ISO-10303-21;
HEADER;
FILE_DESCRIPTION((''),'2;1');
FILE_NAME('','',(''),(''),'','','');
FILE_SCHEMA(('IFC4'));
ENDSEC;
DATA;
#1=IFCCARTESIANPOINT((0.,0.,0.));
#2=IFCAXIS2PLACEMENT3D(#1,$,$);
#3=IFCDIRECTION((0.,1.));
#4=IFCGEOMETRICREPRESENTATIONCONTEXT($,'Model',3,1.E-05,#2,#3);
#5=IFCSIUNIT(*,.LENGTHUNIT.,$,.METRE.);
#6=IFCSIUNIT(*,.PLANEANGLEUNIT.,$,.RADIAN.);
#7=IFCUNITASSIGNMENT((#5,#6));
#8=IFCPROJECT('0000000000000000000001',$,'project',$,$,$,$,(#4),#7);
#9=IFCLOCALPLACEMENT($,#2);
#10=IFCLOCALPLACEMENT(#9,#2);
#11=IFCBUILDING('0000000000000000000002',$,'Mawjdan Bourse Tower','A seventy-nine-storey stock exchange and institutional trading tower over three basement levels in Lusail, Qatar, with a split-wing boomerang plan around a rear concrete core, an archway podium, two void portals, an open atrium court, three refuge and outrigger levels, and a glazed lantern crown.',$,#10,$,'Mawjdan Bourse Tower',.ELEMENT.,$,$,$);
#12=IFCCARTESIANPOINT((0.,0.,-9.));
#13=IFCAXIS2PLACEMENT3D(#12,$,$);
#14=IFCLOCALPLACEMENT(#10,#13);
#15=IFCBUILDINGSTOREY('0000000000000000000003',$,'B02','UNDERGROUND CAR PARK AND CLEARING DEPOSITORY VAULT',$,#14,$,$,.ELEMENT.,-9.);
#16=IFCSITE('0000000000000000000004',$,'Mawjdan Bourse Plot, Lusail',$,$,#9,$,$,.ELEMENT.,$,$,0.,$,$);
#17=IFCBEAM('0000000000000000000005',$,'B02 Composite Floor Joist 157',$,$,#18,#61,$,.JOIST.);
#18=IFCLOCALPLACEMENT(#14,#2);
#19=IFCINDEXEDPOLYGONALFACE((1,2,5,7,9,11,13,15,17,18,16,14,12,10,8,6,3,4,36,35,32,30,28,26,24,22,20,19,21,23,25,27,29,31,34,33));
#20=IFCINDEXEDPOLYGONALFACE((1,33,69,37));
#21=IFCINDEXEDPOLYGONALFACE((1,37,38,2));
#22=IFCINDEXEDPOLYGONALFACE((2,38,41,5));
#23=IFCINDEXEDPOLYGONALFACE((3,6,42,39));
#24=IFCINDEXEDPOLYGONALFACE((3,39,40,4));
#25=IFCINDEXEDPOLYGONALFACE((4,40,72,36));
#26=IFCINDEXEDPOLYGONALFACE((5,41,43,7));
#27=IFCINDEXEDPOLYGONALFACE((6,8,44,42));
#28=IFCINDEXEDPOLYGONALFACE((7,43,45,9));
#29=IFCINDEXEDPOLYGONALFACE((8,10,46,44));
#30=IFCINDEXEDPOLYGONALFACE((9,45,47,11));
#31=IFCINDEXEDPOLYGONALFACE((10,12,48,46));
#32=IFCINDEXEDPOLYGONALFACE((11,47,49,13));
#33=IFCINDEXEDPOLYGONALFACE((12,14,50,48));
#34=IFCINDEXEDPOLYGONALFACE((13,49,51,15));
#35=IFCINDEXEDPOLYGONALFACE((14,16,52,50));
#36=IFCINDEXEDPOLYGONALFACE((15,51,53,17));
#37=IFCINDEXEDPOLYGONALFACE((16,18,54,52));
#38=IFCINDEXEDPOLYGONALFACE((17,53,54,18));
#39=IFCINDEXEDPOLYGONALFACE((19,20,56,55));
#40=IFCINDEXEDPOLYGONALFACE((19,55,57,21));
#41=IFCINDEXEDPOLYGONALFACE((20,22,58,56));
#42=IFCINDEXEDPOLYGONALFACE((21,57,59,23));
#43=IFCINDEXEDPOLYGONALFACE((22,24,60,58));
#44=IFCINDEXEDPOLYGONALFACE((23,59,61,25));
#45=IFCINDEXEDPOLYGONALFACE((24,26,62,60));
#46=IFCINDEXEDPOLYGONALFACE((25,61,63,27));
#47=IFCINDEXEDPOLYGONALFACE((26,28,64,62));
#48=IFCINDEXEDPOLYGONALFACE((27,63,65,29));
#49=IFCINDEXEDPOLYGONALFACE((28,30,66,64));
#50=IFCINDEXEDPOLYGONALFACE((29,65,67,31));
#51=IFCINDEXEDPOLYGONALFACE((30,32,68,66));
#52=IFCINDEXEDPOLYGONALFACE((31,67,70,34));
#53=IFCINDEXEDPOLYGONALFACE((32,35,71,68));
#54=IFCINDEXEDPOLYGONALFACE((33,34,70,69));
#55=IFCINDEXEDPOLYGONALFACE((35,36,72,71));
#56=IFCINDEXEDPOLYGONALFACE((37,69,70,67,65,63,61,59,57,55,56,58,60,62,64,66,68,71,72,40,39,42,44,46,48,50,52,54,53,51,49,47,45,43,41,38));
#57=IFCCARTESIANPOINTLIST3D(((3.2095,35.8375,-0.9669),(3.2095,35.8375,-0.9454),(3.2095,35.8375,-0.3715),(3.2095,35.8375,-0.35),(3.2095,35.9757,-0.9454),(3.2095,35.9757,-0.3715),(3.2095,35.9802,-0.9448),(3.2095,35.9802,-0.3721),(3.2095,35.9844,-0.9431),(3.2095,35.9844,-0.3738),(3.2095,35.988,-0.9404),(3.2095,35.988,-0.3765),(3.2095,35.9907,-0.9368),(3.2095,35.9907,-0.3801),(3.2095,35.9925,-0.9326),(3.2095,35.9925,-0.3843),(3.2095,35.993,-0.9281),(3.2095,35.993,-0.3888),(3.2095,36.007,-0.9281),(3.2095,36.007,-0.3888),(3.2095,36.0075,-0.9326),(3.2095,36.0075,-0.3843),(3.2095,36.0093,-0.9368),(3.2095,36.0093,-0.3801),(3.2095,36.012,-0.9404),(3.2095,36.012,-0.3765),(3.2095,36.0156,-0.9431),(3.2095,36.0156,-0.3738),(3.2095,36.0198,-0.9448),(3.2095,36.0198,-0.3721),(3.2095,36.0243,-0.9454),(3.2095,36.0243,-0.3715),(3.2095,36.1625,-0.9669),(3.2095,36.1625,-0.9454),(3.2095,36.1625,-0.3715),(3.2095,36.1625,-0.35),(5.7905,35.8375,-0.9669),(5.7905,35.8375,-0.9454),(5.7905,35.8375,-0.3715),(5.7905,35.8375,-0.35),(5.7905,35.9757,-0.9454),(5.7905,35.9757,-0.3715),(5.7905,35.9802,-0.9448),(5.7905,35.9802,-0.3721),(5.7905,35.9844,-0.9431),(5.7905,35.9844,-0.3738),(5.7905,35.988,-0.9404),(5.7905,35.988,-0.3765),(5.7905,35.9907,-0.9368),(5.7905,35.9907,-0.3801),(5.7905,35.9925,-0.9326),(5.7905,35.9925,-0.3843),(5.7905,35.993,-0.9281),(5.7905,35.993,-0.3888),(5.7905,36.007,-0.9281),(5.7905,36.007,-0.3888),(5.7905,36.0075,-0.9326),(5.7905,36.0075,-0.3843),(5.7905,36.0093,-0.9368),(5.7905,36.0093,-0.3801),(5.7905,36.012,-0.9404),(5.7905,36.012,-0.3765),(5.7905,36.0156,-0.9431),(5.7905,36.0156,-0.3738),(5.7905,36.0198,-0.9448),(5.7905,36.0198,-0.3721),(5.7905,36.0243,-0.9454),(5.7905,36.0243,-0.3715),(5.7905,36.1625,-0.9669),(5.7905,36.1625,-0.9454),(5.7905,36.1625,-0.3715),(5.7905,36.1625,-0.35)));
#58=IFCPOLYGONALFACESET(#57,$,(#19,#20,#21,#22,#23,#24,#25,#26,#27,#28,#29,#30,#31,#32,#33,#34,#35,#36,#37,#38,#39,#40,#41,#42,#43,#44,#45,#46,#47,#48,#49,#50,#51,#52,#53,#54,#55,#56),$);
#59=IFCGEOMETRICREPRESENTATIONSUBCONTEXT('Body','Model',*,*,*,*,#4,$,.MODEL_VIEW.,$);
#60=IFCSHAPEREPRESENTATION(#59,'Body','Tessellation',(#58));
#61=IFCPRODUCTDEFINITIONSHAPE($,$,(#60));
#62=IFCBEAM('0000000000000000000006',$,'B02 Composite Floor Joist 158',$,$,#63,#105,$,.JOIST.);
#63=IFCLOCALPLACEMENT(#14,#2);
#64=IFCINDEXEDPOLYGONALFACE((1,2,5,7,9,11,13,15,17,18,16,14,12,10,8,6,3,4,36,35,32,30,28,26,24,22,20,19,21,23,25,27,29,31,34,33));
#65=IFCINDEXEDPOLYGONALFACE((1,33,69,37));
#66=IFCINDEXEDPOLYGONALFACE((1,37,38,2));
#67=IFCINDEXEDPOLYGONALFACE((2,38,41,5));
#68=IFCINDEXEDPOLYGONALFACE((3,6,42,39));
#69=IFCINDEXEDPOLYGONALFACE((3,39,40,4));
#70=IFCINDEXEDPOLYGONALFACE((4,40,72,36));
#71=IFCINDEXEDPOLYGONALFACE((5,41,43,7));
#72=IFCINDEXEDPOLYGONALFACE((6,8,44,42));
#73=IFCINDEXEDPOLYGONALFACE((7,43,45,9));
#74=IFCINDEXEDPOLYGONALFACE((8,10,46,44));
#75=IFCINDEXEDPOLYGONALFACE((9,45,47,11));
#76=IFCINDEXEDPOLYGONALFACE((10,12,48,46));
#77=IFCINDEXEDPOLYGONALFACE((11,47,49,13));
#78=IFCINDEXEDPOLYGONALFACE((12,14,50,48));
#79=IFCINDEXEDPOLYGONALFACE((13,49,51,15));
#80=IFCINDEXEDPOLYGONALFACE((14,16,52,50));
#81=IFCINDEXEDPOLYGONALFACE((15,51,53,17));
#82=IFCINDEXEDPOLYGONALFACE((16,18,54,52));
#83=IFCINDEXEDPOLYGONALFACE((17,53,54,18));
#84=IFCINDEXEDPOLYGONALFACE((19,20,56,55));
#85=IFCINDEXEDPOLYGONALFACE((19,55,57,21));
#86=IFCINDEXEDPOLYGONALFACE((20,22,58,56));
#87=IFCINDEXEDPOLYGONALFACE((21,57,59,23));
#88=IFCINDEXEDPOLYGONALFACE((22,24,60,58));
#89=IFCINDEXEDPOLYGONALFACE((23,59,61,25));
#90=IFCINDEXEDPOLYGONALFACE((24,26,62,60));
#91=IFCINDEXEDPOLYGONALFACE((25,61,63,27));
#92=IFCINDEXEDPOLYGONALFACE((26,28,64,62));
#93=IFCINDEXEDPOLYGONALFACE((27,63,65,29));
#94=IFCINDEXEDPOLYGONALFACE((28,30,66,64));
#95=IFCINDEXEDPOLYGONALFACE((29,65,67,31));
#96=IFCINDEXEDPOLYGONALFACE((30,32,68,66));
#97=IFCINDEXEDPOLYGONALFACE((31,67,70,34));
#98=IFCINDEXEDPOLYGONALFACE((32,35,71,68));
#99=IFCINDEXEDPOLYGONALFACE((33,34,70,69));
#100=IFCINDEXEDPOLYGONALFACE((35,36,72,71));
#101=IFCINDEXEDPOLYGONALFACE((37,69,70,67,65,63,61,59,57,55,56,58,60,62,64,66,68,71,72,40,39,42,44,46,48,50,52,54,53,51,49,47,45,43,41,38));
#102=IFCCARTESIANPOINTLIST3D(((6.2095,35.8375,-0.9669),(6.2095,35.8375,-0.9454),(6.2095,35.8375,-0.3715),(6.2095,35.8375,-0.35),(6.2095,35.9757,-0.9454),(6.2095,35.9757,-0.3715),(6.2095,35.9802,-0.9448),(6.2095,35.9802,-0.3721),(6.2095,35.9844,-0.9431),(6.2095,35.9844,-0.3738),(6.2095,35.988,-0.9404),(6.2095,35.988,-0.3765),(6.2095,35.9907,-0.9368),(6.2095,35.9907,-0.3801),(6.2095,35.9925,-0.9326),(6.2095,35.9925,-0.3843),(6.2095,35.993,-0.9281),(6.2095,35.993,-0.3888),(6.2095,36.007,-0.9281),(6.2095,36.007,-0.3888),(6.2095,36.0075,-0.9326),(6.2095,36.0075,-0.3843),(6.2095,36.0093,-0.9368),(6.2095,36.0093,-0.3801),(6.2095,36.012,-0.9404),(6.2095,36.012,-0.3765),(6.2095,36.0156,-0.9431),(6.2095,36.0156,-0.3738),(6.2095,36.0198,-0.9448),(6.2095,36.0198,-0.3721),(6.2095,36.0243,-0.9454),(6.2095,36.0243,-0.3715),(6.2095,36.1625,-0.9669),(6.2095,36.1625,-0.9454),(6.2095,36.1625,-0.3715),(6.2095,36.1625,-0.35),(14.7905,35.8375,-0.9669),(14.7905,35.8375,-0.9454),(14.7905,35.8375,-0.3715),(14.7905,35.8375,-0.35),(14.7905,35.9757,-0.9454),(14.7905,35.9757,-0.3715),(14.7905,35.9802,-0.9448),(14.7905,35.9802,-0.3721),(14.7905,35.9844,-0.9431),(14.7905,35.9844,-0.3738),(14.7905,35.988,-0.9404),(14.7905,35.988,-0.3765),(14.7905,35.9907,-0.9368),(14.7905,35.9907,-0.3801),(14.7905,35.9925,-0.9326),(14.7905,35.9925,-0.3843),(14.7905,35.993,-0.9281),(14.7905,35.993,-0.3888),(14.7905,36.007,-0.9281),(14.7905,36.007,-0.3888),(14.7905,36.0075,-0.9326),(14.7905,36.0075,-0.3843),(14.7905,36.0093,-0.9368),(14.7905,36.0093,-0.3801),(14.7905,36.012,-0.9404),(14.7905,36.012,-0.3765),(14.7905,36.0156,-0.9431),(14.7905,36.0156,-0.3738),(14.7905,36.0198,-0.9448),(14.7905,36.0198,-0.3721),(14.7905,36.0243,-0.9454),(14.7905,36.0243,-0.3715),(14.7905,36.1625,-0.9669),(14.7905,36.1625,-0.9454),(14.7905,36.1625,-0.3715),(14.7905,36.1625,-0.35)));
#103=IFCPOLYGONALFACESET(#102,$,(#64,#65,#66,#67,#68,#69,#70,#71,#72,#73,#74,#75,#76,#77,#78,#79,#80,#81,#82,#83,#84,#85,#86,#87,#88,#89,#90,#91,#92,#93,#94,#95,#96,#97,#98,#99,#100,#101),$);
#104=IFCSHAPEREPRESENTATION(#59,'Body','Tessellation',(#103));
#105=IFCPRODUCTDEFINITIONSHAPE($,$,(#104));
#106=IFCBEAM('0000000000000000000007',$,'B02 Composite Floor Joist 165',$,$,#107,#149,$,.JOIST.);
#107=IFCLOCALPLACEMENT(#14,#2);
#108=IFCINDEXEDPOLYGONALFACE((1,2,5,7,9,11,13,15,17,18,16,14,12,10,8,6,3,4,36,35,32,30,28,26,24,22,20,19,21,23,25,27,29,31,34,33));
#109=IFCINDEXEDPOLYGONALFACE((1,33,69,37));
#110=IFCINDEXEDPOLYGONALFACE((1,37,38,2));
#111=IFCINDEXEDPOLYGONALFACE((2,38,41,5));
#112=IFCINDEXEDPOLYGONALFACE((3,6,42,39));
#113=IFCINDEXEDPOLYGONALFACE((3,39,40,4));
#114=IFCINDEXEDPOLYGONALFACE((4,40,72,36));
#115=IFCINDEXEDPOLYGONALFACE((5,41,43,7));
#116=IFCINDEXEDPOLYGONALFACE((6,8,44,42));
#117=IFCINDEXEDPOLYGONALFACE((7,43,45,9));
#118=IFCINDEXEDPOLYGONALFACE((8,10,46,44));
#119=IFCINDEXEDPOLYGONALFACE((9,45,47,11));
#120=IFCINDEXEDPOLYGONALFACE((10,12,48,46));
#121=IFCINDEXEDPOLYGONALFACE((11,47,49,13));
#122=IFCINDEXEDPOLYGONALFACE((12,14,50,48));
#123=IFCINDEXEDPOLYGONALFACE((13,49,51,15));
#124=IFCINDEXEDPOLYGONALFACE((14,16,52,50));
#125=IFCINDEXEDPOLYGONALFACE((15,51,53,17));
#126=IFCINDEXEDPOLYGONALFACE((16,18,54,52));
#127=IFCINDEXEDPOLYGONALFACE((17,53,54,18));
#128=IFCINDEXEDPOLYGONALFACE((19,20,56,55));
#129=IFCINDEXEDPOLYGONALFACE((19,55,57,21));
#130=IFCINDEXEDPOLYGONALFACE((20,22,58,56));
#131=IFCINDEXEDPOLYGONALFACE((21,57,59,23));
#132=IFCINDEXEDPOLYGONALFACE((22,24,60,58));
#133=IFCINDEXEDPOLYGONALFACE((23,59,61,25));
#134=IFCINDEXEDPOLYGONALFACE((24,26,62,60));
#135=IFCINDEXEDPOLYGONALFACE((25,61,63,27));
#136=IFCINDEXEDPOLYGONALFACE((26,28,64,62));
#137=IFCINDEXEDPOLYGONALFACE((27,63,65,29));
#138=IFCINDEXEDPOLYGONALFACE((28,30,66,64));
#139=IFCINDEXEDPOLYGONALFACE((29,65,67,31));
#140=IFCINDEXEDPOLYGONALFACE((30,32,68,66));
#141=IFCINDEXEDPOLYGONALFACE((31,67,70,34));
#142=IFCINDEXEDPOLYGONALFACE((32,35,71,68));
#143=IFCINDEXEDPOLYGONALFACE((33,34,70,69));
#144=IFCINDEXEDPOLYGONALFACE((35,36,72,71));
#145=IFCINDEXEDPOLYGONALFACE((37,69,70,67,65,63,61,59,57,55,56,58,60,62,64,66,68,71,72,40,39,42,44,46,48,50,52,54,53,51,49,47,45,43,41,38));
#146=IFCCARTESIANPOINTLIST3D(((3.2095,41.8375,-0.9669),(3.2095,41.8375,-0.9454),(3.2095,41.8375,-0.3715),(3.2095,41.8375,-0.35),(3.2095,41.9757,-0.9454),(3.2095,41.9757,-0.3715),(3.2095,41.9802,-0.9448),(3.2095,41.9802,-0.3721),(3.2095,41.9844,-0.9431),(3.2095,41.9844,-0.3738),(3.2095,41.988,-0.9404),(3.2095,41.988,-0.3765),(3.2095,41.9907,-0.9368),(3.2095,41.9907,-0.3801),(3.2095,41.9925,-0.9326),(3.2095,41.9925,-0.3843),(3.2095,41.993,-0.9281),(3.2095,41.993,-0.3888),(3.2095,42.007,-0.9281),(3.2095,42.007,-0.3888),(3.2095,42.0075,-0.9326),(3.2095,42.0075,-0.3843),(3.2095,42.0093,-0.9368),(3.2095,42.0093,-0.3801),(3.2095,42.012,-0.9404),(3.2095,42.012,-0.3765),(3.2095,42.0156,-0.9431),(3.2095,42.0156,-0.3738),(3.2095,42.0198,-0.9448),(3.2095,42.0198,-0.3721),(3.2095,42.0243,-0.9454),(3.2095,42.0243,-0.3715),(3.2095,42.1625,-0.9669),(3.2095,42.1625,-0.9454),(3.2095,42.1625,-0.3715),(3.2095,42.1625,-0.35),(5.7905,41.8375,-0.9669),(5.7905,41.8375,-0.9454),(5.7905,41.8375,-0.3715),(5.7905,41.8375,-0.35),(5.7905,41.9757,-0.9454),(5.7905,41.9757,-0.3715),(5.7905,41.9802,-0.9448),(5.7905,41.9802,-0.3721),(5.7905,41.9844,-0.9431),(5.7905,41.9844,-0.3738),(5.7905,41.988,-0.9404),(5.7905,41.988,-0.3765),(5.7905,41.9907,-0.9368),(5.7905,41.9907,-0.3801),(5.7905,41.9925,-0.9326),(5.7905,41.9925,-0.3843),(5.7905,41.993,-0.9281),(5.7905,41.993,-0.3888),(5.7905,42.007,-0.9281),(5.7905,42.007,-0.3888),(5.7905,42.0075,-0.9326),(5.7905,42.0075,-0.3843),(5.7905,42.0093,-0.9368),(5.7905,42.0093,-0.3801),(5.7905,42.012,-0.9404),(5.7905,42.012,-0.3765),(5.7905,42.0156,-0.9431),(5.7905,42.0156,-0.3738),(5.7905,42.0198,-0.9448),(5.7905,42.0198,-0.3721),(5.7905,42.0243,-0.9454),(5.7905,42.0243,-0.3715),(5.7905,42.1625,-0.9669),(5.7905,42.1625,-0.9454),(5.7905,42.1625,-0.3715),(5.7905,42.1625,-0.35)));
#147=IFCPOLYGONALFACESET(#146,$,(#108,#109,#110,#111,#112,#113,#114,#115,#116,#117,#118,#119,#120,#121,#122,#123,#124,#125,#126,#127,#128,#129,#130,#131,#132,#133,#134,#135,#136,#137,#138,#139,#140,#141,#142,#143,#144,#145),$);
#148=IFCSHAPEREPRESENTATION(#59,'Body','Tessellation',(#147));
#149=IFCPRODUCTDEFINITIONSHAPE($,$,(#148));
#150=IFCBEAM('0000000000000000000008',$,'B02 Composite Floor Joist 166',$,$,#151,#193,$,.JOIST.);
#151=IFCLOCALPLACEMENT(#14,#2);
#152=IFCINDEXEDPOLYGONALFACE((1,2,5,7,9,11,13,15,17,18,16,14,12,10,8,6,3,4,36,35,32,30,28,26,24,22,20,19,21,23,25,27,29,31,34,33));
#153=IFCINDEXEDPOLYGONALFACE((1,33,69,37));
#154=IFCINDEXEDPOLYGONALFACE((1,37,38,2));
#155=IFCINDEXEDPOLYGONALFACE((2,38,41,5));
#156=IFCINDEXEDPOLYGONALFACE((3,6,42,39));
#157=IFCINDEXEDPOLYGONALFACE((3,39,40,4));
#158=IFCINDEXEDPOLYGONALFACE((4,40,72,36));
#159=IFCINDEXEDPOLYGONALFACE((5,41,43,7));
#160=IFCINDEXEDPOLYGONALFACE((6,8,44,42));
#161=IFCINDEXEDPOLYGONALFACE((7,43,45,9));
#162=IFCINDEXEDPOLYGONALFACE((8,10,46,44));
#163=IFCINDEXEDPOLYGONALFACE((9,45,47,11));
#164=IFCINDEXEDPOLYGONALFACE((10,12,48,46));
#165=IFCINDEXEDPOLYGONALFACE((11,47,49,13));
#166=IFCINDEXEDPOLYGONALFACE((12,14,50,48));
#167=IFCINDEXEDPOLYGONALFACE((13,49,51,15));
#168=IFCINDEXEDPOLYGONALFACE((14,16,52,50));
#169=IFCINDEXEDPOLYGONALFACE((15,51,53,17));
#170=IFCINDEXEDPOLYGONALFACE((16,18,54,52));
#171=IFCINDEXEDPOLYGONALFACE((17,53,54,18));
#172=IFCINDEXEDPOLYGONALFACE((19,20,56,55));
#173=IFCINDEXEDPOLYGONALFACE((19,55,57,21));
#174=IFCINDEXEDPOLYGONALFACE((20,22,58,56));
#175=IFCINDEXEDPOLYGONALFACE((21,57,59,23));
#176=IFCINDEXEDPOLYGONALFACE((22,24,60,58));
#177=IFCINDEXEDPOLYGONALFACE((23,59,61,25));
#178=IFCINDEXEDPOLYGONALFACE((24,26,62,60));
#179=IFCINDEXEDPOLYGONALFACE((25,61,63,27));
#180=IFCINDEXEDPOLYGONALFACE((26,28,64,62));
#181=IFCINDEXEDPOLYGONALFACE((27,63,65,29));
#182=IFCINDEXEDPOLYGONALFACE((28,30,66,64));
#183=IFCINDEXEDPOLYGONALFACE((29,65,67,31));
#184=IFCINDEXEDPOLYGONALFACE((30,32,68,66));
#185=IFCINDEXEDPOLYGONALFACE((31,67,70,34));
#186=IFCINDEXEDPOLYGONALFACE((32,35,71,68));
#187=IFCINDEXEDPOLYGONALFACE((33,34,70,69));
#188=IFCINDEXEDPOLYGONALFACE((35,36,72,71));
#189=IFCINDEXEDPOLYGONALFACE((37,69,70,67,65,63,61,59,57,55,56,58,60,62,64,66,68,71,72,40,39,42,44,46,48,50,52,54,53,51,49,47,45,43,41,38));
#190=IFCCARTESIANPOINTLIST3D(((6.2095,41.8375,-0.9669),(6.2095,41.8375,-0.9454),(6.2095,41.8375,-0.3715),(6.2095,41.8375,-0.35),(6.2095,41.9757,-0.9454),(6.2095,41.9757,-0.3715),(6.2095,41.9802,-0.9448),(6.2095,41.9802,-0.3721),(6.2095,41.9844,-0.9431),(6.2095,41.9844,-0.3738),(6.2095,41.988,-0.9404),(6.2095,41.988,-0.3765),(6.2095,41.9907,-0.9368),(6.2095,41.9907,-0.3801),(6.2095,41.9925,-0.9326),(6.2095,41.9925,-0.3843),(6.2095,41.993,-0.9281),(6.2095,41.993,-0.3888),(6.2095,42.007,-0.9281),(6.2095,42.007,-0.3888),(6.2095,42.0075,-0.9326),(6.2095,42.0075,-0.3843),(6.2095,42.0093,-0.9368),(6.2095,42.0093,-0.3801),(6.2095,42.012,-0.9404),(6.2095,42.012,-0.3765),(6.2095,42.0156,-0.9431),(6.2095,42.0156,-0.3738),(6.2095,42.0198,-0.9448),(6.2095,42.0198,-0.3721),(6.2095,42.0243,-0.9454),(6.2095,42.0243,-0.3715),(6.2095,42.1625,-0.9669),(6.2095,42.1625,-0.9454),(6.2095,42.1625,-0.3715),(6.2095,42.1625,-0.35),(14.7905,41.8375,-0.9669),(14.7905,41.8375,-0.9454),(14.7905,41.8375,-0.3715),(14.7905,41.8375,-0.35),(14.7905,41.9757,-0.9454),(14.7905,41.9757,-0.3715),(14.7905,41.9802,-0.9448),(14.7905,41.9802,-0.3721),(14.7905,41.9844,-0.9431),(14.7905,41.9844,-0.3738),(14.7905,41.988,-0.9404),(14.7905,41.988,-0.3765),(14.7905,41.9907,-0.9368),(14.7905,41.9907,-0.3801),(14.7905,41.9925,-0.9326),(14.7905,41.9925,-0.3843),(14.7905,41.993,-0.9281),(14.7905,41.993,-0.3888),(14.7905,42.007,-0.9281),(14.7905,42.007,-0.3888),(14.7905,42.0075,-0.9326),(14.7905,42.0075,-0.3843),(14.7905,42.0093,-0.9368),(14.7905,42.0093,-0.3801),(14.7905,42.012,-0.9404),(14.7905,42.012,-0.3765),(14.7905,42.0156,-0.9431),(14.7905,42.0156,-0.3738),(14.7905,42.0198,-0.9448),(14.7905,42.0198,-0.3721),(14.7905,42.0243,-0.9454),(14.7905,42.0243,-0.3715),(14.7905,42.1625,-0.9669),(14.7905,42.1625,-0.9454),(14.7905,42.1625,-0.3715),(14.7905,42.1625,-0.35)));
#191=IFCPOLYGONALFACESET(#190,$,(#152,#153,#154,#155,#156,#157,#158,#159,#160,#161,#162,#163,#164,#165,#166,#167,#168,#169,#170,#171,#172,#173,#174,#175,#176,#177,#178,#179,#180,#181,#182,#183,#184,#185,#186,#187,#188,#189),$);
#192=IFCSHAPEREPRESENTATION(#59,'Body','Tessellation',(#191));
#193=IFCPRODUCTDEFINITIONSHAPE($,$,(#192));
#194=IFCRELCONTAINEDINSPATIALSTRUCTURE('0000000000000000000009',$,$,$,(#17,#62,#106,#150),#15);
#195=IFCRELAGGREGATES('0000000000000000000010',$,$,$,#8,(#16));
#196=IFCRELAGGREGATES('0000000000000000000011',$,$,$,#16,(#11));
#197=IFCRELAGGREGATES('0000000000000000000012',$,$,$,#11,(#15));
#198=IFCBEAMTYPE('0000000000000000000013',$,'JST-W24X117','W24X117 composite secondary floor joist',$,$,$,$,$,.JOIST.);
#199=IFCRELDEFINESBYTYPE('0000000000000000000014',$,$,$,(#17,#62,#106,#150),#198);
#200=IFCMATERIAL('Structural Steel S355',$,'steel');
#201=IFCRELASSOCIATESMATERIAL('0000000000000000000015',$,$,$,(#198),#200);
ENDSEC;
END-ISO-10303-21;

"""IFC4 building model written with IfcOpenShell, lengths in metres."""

from ifc_helpers import new_model, si_unit, direction, frame, origin, origin_2d, place, context, subcontext, project, spatial, i_section, extrude, material, material_profile, profile_set, type_object, element, save


model = new_model("IFC4")

# Units and contexts
model_context = context("Model", 3, precision=1e-05, world=origin(), true_north=direction((0.0, 1.0)))
body_context = subcontext(model_context, "Body", "Model", "MODEL_VIEW")
ifc_project = project(units=[si_unit("LENGTHUNIT", "METRE"), si_unit("PLANEANGLEUNIT", "RADIAN")], contexts=[model_context])

# Site, building, storey
site_placement = place(None, origin())
site = spatial("IfcSite", under=ifc_project, at=site_placement, Name="Mawjdan Bourse Plot, Lusail", CompositionType="ELEMENT", RefElevation=0.0)
building_placement = place(site_placement, origin())
building = spatial("IfcBuilding", under=site, at=building_placement, Name="Mawjdan Bourse Tower", Description="A seventy-nine-storey stock exchange and institutional trading tower over three basement levels in Lusail, Qatar, with a split-wing boomerang plan around a rear concrete core, an archway podium, two void portals, an open atrium court, three refuge and outrigger levels, and a glazed lantern crown.", LongName="Mawjdan Bourse Tower", CompositionType="ELEMENT")
storey_placement = place(building_placement, frame((0.0, 0.0, -9.0)))
storey = spatial("IfcBuildingStorey", under=building, at=storey_placement, Name="B02", Description="UNDERGROUND CAR PARK AND CLEARING DEPOSITORY VAULT", CompositionType="ELEMENT", Elevation=-9.0)

# Beams
ifc_material_1 = material(Name="Structural Steel S355", Category="steel")
ifc_material_profile_1 = material_profile(ifc_material_1, i_section(OverallWidth=0.325, OverallDepth=0.6169, WebThickness=0.0139, FlangeThickness=0.0215, FilletRadius=0.0173, at=origin_2d()), Name="W24X117")
ifc_profile_set_1 = profile_set([ifc_material_profile_1], Name="Structural Steel S355")
beam_type_1 = type_object("IfcBeamType", Name="JST-W24X117", Description="W24X117 composite secondary floor joist", PredefinedType="JOIST", material=ifc_profile_set_1)
beam_1_placement = place(storey_placement, frame((3.2095, 36.0, -0.6584), z_axis=(1.0, 0.0, 0.0), x_axis=(0.0, 1.0, 0.0)))
element("IfcBeam", 1, at=beam_1_placement, inside=storey, type_object=beam_type_1, Name="B02 Composite Floor Joist 157", PredefinedType="JOIST", context=body_context, shape_type="SweptSolid", body=[
    extrude(i_section(OverallWidth=0.325, OverallDepth=0.6169, WebThickness=0.0139, FlangeThickness=0.0215, FilletRadius=0.0173, at=origin_2d()), origin(), (0.0, 0.0, 1.0), 2.5811),
])
beam_2_placement = place(storey_placement, frame((6.2095, 36.0, -0.6584), z_axis=(1.0, 0.0, 0.0), x_axis=(0.0, 1.0, 0.0)))
element("IfcBeam", 2, at=beam_2_placement, inside=storey, type_object=beam_type_1, Name="B02 Composite Floor Joist 158", PredefinedType="JOIST", context=body_context, shape_type="SweptSolid", body=[
    extrude(i_section(OverallWidth=0.325, OverallDepth=0.6169, WebThickness=0.0139, FlangeThickness=0.0215, FilletRadius=0.0173, at=origin_2d()), origin(), (0.0, 0.0, 1.0), 8.5811),
])
beam_3_placement = place(storey_placement, frame((3.2095, 42.0, -0.6584), z_axis=(1.0, 0.0, 0.0), x_axis=(0.0, 1.0, 0.0)))
element("IfcBeam", 3, at=beam_3_placement, inside=storey, type_object=beam_type_1, Name="B02 Composite Floor Joist 165", PredefinedType="JOIST", context=body_context, shape_type="SweptSolid", body=[
    extrude(i_section(OverallWidth=0.325, OverallDepth=0.6169, WebThickness=0.0139, FlangeThickness=0.0215, FilletRadius=0.0173, at=origin_2d()), origin(), (0.0, 0.0, 1.0), 2.5811),
])
beam_4_placement = place(storey_placement, frame((6.2095, 42.0, -0.6584), z_axis=(1.0, 0.0, 0.0), x_axis=(0.0, 1.0, 0.0)))
element("IfcBeam", 4, at=beam_4_placement, inside=storey, type_object=beam_type_1, Name="B02 Composite Floor Joist 166", PredefinedType="JOIST", context=body_context, shape_type="SweptSolid", body=[
    extrude(i_section(OverallWidth=0.325, OverallDepth=0.6169, WebThickness=0.0139, FlangeThickness=0.0215, FilletRadius=0.0173, at=origin_2d()), origin(), (0.0, 0.0, 1.0), 8.5811),
])

save(model, "model.ifc")
